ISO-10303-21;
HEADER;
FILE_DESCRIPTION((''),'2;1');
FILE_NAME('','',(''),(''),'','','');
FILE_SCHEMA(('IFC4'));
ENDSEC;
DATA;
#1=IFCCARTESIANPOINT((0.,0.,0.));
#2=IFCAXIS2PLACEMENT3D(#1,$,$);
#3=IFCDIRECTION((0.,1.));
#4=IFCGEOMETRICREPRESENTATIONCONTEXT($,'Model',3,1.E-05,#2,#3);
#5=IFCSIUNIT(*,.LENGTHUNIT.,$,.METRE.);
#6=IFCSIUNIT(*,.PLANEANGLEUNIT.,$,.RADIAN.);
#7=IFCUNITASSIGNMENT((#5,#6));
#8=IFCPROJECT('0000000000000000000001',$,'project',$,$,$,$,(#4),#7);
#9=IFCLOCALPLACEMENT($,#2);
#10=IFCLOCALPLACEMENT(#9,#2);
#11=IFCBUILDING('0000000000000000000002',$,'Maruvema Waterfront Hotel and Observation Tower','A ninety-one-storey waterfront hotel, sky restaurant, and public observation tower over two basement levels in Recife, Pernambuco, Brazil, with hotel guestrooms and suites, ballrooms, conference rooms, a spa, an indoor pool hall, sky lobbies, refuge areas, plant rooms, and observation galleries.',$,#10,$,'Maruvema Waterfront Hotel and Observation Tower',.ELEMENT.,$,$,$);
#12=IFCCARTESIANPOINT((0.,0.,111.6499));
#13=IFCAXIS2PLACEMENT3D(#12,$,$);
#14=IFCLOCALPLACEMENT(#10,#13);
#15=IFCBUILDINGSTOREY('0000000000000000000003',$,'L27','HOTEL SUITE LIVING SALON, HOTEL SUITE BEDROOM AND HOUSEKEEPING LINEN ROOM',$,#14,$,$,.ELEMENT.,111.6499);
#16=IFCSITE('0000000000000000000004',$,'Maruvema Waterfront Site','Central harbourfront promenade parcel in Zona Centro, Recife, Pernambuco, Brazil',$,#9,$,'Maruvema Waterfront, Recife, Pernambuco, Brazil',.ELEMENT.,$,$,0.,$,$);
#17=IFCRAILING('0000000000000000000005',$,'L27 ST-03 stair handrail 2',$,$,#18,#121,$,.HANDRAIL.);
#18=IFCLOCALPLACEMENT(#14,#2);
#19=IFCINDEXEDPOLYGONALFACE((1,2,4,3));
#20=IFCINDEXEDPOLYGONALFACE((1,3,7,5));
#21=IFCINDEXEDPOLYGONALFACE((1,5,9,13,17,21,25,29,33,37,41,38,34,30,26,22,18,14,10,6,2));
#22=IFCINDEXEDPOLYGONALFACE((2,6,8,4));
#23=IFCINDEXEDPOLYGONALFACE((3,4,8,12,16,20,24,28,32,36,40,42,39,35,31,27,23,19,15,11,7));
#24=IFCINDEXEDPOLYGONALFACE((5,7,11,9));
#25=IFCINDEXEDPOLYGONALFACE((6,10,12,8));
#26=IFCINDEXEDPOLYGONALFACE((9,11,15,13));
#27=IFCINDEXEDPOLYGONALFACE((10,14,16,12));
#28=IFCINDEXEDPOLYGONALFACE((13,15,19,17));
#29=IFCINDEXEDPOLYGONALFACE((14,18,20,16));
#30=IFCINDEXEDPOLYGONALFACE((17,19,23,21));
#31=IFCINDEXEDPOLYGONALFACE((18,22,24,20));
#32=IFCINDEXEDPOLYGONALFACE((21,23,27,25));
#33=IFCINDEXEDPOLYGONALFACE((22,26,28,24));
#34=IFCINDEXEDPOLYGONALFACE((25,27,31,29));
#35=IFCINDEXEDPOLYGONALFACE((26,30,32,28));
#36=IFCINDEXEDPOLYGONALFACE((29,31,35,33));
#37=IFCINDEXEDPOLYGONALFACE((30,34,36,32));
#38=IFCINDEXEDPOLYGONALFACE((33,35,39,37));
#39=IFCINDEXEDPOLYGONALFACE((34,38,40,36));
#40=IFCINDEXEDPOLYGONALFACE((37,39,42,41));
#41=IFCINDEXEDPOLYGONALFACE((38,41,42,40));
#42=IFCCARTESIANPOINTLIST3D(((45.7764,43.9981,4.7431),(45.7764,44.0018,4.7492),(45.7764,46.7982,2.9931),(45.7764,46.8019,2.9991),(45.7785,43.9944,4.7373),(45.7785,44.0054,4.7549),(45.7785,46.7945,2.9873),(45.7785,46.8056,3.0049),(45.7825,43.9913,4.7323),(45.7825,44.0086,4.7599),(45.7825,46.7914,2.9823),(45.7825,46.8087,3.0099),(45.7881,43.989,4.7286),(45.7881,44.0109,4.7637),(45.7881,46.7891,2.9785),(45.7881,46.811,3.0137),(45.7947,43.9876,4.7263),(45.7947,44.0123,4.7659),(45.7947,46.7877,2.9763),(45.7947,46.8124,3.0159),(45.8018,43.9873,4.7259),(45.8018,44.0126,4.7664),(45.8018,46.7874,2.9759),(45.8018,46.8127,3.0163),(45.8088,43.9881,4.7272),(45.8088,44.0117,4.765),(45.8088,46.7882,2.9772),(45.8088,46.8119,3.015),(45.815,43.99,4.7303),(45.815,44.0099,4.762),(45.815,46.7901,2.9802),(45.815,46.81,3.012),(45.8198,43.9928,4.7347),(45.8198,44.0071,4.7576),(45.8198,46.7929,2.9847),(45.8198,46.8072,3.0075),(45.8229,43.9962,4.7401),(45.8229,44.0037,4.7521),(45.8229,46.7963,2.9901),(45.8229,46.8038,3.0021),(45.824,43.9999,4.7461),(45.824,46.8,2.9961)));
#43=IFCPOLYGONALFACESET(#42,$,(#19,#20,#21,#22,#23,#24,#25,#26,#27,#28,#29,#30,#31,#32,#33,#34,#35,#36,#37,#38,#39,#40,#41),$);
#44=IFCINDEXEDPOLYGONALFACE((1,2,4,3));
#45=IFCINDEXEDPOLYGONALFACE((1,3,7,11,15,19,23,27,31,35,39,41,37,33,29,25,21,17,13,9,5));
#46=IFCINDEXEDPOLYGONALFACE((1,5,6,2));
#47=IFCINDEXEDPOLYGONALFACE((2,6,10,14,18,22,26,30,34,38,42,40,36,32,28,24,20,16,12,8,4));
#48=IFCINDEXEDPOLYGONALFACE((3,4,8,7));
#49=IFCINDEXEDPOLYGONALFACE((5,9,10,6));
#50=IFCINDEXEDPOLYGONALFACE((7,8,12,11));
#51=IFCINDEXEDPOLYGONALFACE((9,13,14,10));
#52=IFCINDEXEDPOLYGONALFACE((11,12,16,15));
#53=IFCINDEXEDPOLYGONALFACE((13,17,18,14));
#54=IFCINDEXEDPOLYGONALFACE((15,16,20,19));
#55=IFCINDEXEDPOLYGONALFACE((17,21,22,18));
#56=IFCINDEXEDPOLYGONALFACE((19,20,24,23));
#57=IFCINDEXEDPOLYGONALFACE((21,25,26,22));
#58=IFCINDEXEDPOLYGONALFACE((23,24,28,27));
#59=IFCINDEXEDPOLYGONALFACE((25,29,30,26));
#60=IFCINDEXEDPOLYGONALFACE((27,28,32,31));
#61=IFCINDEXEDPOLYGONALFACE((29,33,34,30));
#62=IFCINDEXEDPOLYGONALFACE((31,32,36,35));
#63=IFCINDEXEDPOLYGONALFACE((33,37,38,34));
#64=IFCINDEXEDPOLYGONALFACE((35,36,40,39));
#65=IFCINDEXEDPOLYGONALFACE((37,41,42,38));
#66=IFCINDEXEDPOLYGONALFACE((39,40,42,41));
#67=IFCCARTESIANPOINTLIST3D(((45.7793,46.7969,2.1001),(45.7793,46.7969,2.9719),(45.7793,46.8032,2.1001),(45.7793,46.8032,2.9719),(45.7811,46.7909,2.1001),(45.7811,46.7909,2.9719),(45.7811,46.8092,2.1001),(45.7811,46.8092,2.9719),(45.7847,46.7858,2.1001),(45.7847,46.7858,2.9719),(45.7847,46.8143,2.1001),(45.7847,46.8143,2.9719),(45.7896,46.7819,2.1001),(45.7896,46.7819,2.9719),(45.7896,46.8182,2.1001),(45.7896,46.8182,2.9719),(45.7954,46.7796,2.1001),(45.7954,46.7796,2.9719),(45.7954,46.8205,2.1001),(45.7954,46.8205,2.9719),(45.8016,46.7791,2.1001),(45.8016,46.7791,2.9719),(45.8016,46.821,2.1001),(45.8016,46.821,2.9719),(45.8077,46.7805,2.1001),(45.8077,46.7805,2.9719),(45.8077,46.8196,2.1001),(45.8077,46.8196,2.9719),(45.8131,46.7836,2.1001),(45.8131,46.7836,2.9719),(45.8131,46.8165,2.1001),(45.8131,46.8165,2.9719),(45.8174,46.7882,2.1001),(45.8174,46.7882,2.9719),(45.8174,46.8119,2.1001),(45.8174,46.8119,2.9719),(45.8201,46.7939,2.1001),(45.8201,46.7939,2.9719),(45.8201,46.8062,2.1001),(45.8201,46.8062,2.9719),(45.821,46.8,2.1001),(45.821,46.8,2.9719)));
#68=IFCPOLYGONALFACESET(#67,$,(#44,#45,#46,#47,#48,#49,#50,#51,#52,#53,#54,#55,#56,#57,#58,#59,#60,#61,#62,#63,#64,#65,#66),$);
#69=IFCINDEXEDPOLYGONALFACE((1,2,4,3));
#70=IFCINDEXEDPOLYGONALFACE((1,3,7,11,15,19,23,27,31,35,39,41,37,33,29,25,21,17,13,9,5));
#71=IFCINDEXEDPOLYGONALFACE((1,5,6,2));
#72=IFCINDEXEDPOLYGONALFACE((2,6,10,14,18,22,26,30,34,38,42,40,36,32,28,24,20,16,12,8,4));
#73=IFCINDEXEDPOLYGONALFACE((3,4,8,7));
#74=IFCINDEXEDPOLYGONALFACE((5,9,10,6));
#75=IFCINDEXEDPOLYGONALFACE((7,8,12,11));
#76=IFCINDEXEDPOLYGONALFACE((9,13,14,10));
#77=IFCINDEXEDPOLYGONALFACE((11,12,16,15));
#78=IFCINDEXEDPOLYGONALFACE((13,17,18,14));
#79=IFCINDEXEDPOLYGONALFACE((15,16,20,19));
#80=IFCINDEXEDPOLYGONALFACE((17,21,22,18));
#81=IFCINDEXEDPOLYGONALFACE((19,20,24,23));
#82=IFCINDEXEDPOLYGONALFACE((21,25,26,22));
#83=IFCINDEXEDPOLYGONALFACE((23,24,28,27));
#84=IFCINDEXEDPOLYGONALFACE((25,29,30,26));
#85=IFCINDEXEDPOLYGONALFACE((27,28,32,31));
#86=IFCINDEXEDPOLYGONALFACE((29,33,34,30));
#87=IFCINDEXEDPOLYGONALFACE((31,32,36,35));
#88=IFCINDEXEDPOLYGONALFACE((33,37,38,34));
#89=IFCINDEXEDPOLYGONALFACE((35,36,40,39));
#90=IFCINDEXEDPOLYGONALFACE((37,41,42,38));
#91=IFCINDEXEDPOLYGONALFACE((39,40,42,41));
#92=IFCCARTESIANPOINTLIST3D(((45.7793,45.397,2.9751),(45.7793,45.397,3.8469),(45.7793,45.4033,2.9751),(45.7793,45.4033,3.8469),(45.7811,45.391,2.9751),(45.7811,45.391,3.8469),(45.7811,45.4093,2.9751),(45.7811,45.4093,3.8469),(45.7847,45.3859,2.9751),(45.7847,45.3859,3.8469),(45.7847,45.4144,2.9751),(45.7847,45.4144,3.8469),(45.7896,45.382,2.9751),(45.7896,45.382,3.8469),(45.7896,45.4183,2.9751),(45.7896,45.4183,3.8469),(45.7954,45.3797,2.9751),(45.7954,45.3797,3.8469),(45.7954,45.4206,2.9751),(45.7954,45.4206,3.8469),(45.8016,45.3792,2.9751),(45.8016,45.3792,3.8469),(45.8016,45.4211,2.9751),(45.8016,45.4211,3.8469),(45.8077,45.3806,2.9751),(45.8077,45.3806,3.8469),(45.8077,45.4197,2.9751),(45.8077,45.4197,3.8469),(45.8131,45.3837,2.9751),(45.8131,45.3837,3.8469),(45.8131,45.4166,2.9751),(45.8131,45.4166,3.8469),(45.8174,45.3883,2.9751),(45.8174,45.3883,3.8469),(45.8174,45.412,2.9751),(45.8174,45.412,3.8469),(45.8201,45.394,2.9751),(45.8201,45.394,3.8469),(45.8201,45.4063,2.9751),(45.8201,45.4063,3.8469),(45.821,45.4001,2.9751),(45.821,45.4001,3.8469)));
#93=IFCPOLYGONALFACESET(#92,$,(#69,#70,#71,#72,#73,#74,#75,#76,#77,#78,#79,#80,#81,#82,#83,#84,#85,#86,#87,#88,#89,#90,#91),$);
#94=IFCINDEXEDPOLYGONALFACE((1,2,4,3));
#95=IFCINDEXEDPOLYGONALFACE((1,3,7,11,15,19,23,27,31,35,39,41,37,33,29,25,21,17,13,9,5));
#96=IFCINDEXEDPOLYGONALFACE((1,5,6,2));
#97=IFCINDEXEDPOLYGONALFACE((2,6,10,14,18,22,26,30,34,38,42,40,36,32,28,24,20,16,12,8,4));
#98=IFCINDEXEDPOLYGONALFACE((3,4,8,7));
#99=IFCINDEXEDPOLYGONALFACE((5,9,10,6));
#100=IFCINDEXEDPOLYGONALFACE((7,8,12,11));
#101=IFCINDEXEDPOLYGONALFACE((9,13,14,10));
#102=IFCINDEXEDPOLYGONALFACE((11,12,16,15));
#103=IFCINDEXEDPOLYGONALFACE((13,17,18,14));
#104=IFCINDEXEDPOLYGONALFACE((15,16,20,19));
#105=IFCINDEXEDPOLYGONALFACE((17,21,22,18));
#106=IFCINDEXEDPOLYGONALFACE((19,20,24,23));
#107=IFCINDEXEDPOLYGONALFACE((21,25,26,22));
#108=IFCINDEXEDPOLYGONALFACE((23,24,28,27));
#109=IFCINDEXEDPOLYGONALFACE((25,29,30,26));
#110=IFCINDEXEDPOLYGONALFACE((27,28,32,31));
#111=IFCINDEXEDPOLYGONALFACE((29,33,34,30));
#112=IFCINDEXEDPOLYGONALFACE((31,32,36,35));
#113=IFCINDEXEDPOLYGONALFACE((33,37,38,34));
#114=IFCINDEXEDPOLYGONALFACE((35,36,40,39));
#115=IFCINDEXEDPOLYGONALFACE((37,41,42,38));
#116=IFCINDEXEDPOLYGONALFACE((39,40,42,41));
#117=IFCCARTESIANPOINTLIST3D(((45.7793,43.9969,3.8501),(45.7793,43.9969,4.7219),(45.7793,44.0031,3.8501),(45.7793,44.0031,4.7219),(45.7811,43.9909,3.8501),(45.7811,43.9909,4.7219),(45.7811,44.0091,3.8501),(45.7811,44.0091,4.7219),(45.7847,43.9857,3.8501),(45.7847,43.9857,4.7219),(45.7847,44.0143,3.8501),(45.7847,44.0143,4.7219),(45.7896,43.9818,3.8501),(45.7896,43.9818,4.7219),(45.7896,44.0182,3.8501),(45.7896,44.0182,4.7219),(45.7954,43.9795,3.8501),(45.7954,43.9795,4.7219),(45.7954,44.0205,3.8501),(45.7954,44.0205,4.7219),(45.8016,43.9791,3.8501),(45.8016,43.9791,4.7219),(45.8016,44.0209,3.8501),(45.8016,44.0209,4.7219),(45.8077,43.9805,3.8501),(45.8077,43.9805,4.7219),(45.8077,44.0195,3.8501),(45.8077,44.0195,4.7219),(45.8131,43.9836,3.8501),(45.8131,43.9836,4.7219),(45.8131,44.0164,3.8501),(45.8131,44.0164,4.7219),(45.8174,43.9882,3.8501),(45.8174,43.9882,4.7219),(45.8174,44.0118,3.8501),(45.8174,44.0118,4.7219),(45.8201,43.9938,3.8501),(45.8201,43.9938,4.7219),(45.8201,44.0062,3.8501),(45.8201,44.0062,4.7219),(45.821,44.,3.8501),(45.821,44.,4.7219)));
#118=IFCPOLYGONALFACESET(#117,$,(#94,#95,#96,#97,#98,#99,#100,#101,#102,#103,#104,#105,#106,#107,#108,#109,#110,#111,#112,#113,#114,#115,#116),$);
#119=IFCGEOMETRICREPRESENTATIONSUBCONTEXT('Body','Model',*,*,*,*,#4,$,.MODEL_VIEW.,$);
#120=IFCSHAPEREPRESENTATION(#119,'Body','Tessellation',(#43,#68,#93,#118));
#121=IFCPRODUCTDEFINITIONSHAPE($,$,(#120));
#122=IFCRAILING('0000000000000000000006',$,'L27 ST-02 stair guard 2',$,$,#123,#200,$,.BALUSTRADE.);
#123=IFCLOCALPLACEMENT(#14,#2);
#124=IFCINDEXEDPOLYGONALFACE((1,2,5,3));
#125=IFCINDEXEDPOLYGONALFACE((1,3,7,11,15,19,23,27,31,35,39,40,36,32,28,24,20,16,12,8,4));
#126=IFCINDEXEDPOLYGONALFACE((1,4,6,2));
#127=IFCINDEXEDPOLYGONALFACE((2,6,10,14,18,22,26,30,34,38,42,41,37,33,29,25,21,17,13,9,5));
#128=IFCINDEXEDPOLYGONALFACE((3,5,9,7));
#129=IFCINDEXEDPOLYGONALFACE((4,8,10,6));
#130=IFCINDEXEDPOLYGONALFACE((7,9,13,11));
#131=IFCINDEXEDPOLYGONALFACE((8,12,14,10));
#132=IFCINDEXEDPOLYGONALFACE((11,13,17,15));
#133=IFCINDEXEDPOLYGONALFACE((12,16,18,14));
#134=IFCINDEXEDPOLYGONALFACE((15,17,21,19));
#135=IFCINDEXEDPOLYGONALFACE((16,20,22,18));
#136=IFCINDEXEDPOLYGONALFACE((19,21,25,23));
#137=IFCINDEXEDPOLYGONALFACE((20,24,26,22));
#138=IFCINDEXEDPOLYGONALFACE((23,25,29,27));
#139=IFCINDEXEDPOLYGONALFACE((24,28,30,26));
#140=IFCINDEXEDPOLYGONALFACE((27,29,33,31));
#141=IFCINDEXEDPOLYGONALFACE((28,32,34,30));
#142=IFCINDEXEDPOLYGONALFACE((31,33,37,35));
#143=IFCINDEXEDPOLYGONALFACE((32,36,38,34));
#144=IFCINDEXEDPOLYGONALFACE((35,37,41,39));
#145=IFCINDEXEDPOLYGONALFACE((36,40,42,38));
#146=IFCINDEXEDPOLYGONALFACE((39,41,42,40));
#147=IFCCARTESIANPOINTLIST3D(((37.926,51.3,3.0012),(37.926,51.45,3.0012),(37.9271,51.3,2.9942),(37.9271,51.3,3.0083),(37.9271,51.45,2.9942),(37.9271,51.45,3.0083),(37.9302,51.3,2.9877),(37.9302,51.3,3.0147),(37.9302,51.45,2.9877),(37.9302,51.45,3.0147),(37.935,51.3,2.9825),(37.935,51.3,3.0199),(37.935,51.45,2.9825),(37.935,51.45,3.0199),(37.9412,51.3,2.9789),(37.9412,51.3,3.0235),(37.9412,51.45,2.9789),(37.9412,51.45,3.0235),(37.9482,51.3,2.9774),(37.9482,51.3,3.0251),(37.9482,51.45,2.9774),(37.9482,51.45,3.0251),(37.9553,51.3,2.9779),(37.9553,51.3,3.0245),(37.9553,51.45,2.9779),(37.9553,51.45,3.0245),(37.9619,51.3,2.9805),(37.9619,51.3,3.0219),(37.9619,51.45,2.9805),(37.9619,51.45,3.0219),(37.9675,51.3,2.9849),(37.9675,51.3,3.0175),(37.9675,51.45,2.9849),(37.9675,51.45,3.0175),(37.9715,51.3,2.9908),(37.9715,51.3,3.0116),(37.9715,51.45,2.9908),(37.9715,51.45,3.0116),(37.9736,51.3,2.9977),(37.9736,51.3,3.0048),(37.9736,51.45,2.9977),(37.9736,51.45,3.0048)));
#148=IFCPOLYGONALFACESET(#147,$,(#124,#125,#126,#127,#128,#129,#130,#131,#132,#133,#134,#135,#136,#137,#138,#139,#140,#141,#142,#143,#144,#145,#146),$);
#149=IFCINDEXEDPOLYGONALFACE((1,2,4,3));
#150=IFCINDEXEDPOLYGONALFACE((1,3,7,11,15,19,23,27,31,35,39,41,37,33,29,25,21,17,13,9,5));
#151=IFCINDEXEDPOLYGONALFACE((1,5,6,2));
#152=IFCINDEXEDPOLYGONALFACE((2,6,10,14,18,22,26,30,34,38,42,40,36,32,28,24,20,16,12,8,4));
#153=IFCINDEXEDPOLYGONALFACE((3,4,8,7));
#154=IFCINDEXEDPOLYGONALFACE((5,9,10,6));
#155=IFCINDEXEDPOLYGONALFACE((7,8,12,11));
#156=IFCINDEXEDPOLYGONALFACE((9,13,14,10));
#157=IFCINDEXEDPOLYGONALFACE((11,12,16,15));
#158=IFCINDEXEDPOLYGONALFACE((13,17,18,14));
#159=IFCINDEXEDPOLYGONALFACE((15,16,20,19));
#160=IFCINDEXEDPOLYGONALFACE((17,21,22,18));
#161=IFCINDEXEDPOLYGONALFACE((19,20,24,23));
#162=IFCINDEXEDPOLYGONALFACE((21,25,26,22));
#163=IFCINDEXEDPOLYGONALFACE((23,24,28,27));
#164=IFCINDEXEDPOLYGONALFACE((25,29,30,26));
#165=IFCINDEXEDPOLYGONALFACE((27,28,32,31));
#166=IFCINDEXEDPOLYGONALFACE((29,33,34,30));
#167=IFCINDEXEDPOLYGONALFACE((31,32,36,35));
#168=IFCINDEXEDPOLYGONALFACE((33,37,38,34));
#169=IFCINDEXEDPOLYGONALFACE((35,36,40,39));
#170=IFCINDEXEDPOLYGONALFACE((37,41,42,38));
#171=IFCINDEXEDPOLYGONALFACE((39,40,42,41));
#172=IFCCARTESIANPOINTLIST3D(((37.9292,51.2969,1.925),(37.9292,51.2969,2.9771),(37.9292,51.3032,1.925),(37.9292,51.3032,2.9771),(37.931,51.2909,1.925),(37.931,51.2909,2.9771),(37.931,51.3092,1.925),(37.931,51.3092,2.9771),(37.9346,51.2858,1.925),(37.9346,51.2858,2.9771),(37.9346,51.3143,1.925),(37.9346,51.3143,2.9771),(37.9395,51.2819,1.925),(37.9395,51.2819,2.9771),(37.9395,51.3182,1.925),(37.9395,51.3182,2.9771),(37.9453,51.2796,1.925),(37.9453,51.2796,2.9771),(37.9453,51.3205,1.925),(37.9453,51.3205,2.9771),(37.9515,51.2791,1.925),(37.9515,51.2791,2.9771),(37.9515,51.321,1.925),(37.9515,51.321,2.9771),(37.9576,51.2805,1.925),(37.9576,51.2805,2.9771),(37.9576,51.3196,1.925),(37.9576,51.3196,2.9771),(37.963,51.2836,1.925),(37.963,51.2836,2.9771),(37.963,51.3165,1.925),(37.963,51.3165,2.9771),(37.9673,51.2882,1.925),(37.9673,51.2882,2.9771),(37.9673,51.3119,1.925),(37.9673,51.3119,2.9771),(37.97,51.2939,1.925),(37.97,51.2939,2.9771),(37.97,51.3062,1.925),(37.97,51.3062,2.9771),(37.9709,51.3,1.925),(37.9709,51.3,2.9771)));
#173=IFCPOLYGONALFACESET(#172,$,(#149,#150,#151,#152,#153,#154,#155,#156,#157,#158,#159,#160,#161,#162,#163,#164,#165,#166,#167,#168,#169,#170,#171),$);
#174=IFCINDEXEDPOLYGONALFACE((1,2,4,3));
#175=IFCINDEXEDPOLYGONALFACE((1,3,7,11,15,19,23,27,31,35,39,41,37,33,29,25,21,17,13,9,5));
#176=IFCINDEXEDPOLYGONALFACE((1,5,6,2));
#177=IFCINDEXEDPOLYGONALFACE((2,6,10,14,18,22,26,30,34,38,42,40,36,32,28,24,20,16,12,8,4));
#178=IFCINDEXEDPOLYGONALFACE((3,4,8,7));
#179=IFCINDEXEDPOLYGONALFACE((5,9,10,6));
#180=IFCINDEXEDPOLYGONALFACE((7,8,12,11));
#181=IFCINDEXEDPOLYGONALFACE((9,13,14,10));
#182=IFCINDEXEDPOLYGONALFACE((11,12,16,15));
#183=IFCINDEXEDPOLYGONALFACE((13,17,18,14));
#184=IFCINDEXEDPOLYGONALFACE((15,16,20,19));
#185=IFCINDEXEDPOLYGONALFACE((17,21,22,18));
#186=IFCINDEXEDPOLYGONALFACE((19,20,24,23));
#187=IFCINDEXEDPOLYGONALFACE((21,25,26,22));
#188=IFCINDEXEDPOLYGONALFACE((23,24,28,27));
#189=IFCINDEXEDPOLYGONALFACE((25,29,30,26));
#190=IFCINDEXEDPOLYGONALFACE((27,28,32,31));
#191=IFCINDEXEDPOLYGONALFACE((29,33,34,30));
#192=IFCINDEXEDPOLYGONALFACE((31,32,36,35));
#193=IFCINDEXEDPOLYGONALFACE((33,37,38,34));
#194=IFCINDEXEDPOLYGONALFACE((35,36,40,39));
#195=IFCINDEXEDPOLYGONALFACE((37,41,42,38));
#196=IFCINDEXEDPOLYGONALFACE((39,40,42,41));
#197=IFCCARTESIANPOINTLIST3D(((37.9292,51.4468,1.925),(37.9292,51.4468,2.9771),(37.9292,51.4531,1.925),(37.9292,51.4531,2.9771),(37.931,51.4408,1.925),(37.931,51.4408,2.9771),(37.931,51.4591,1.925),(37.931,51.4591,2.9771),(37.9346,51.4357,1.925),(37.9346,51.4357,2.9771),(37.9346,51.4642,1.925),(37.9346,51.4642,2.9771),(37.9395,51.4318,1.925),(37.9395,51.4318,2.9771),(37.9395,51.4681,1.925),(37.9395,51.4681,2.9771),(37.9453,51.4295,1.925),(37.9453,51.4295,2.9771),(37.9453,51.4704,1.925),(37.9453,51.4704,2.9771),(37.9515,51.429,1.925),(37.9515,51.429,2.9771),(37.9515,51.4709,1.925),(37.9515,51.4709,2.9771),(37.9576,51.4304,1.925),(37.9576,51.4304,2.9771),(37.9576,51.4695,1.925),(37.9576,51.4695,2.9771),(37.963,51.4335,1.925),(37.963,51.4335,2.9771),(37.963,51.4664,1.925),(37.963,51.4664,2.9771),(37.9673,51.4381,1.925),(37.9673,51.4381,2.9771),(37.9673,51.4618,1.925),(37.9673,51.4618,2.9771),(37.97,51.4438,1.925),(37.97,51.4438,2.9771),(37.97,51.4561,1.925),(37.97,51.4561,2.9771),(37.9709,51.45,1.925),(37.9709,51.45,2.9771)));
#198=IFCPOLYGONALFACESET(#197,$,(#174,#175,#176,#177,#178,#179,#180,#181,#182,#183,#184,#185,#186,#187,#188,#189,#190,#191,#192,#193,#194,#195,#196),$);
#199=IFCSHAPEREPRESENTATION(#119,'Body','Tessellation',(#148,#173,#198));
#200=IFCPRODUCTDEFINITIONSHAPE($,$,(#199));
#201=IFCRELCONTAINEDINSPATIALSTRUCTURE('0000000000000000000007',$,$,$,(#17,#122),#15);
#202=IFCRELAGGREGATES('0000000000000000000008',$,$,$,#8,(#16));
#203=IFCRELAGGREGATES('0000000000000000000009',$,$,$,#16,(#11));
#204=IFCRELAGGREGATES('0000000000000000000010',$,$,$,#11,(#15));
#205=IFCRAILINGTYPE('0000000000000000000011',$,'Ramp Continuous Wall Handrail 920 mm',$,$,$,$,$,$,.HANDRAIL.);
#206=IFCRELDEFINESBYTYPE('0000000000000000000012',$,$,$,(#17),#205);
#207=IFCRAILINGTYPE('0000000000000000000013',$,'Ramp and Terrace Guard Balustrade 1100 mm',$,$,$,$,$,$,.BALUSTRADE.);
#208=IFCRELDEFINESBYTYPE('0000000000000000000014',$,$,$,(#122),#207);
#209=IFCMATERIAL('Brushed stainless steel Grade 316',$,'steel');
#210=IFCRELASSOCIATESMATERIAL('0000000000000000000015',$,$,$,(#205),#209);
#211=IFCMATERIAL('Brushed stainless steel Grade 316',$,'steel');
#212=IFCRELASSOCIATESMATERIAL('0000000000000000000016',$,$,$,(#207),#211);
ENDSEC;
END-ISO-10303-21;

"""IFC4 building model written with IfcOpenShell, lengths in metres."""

from ifc_helpers import new_model, si_unit, direction, frame, origin, origin_2d, place, context, subcontext, project, spatial, circle, extrude, material, type_object, element, save


model = new_model("IFC4")

# Units and contexts
model_context = context("Model", 3, precision=1e-05, world=origin(), true_north=direction((0.0, 1.0)))
body_context = subcontext(model_context, "Body", "Model", "MODEL_VIEW")
ifc_project = project(units=[si_unit("LENGTHUNIT", "METRE"), si_unit("PLANEANGLEUNIT", "RADIAN")], contexts=[model_context])

# Site, building, storey
site_placement = place(None, origin())
site = spatial("IfcSite", under=ifc_project, at=site_placement, Name="Maruvema Waterfront Site", Description="Central harbourfront promenade parcel in Zona Centro, Recife, Pernambuco, Brazil", LongName="Maruvema Waterfront, Recife, Pernambuco, Brazil", CompositionType="ELEMENT", RefElevation=0.0)
building_placement = place(site_placement, origin())
building = spatial("IfcBuilding", under=site, at=building_placement, Name="Maruvema Waterfront Hotel and Observation Tower", Description="A ninety-one-storey waterfront hotel, sky restaurant, and public observation tower over two basement levels in Recife, Pernambuco, Brazil, with hotel guestrooms and suites, ballrooms, conference rooms, a spa, an indoor pool hall, sky lobbies, refuge areas, plant rooms, and observation galleries.", LongName="Maruvema Waterfront Hotel and Observation Tower", CompositionType="ELEMENT")
storey_placement = place(building_placement, frame((0.0, 0.0, 111.6499)))
storey = spatial("IfcBuildingStorey", under=building, at=storey_placement, Name="L27", Description="HOTEL SUITE LIVING SALON, HOTEL SUITE BEDROOM AND HOUSEKEEPING LINEN ROOM", CompositionType="ELEMENT", Elevation=111.6499)

# Railings
ifc_material_1 = material(Name="Brushed stainless steel Grade 316", Category="steel")
railing_type_1 = type_object("IfcRailingType", Name="Ramp Continuous Wall Handrail 920 mm", PredefinedType="HANDRAIL", material=ifc_material_1)
railing_1_placement = place(storey_placement, frame((45.8, 46.8, 2.1001)))
element("IfcRailing", 1, at=railing_1_placement, inside=storey, type_object=railing_type_1, Name="L27 ST-03 stair handrail 2", PredefinedType="HANDRAIL", context=body_context, shape_type="SweptSolid", body=[
    extrude(circle(Radius=0.0239, at=origin_2d()), frame((0.0, 0.0, 0.896), z_axis=(0.0, -0.848002, 0.529992), x_axis=(1.0, 0.0, 0.0)), (0.0, 0.0, 1.0), 3.302),
    extrude(circle(Radius=0.021, at=origin_2d()), origin(), (0.0, 0.0, 1.0), 0.8718),
    extrude(circle(Radius=0.021, at=origin_2d()), frame((0.0, -1.3999, 0.875)), (0.0, 0.0, 1.0), 0.8718),
    extrude(circle(Radius=0.021, at=origin_2d()), frame((0.0, -2.8, 1.75)), (0.0, 0.0, 1.0), 0.8718),
])
ifc_material_2 = material(Name="Brushed stainless steel Grade 316", Category="steel")
railing_type_2 = type_object("IfcRailingType", Name="Ramp and Terrace Guard Balustrade 1100 mm", PredefinedType="BALUSTRADE", material=ifc_material_2)
railing_2_placement = place(storey_placement, frame((37.95, 51.3, 1.925)))
element("IfcRailing", 2, at=railing_2_placement, inside=storey, type_object=railing_type_2, Name="L27 ST-02 stair guard 2", PredefinedType="BALUSTRADE", context=body_context, shape_type="SweptSolid", body=[
    extrude(circle(Radius=0.0239, at=origin_2d()), frame((0.0, 0.0, 1.0762), z_axis=(0.0, 1.0, 0.0), x_axis=(-1.0, 0.0, 0.0)), (0.0, 0.0, 1.0), 0.1499),
    extrude(circle(Radius=0.021, at=origin_2d()), origin(), (0.0, 0.0, 1.0), 1.052),
    extrude(circle(Radius=0.021, at=origin_2d()), frame((0.0, 0.1499, 0.0)), (0.0, 0.0, 1.0), 1.052),
])

save(model, "model.ifc")
